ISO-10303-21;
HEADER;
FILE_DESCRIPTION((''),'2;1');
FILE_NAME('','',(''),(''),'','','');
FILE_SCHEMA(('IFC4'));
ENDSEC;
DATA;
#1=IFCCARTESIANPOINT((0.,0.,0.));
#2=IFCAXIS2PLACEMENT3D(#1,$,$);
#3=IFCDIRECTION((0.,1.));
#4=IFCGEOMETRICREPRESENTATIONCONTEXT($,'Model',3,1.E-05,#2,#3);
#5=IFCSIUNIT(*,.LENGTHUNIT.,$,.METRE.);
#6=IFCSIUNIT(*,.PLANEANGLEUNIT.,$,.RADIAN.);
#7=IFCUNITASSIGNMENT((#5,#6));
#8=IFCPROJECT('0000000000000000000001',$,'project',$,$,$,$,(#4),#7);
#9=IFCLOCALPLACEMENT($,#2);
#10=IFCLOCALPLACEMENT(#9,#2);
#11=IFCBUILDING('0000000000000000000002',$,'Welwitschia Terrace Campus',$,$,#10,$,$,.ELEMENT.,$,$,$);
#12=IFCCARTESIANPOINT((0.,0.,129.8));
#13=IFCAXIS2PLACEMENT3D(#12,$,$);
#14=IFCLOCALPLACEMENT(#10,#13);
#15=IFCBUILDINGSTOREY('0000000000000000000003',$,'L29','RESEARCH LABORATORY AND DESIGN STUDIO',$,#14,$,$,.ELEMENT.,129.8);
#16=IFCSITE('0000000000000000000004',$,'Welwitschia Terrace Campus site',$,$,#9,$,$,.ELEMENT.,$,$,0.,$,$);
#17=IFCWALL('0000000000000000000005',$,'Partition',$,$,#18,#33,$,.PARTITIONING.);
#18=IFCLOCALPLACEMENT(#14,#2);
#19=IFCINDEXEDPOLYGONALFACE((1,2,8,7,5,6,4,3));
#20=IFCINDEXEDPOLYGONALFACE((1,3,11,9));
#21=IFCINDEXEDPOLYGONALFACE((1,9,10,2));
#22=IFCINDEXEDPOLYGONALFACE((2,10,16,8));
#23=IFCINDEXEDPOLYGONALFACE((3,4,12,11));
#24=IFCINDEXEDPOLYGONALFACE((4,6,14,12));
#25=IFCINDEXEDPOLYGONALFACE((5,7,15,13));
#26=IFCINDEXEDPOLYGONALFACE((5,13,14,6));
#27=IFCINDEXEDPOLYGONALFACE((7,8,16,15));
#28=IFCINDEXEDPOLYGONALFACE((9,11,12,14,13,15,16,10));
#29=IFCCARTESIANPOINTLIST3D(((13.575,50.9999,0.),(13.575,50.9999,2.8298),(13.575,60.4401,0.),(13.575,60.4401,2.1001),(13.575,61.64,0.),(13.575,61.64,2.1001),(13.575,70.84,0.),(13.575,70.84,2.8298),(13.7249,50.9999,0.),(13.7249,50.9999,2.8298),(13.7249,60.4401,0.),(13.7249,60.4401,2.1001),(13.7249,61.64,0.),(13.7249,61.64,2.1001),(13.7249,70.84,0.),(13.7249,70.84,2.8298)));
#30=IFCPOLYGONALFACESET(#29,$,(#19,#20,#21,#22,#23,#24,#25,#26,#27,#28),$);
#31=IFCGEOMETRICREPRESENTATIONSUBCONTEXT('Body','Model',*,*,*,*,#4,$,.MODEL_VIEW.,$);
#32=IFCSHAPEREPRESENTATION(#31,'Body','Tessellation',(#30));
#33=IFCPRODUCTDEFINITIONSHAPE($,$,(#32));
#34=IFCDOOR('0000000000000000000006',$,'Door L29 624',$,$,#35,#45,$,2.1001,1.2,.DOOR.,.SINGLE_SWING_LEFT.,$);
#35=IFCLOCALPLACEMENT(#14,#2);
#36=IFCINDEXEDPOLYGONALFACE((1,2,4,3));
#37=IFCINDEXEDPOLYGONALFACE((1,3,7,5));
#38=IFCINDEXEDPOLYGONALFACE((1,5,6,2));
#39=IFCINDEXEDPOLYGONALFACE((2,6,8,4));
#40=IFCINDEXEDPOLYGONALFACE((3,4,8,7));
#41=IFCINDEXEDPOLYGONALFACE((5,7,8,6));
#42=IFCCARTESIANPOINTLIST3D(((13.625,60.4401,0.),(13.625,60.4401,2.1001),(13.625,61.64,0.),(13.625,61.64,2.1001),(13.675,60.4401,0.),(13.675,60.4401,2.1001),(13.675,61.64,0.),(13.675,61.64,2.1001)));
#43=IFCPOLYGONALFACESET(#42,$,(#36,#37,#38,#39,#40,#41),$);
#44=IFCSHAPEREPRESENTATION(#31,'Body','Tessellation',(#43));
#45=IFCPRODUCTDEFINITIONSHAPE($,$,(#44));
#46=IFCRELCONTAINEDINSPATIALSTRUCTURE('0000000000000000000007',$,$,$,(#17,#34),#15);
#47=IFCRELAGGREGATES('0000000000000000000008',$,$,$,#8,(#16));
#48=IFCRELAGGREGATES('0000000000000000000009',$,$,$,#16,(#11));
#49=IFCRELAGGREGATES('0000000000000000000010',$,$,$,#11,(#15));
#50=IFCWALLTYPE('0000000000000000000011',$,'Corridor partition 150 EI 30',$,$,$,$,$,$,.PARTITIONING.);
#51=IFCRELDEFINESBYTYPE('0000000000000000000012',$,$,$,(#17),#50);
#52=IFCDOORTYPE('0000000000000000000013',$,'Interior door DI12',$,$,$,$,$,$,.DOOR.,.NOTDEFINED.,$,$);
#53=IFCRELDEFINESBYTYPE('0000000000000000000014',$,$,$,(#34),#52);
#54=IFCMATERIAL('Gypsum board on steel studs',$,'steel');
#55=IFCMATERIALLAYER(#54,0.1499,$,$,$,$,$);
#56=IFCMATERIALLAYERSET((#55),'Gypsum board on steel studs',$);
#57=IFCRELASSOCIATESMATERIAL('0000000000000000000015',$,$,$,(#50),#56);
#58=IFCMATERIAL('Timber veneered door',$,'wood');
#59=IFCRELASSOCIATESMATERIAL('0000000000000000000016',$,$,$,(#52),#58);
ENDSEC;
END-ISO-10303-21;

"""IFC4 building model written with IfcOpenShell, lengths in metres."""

from ifc_helpers import new_model, si_unit, direction, frame, frame_2d, origin, place, context, subcontext, project, spatial, rectangle, extrude, material, layer, layer_set, type_object, element, fill, save


model = new_model("IFC4")

# Units and contexts
model_context = context("Model", 3, precision=1e-05, world=origin(), true_north=direction((0.0, 1.0)))
body_context = subcontext(model_context, "Body", "Model", "MODEL_VIEW")
ifc_project = project(units=[si_unit("LENGTHUNIT", "METRE"), si_unit("PLANEANGLEUNIT", "RADIAN")], contexts=[model_context])

# Site, building, storey
site_placement = place(None, origin())
site = spatial("IfcSite", under=ifc_project, at=site_placement, Name="Welwitschia Terrace Campus site", CompositionType="ELEMENT", RefElevation=0.0)
building_placement = place(site_placement, origin())
building = spatial("IfcBuilding", under=site, at=building_placement, Name="Welwitschia Terrace Campus", CompositionType="ELEMENT")
storey_placement = place(building_placement, frame((0.0, 0.0, 129.8)))
storey = spatial("IfcBuildingStorey", under=building, at=storey_placement, Name="L29", Description="RESEARCH LABORATORY AND DESIGN STUDIO", CompositionType="ELEMENT", Elevation=129.8)

# Shared definitions
ifc_material_1 = material(Name="Gypsum board on steel studs", Category="steel")
ifc_layer_1 = layer(ifc_material_1, 0.1499)
ifc_layer_set_1 = layer_set([ifc_layer_1], Name="Gypsum board on steel studs")
wall_type = type_object("IfcWallType", Name="Corridor partition 150 EI 30", PredefinedType="PARTITIONING", material=ifc_layer_set_1)

# Wall, opening, door
wall_1_placement = place(storey_placement, frame((13.6499, 51.0, 0.0), z_axis=(0.0, 0.0, 1.0), x_axis=(0.0, 1.0, 0.0)))
wall_1 = element("IfcWall", 1, at=wall_1_placement, inside=storey, type_object=wall_type, Name="Partition", PredefinedType="PARTITIONING", context=body_context, shape_type="SweptSolid", body=[
    extrude(rectangle(XDim=19.8401, YDim=0.1499, at=frame_2d((9.9199, 0.0))), origin(), (0.0, 0.0, 1.0), 2.8298),
])
opening_placement = place(wall_1_placement, frame((9.4399, 0.0, 0.0)))
opening = element("IfcOpeningElement", 2, at=opening_placement, cuts=wall_1, PredefinedType="OPENING", context=body_context, shape_type="SweptSolid", body=[
    extrude(rectangle(XDim=1.2, YDim=2.1001, at=frame_2d((0.6001, 1.05))), frame((0.0, 0.085, 0.0), z_axis=(0.0, -1.0, 0.0), x_axis=(1.0, 0.0, 0.0)), (0.0, 0.0, 1.0), 0.1699),
])
ifc_material_2 = material(Name="Timber veneered door", Category="wood")
door_type = type_object("IfcDoorType", Name="Interior door DI12", OperationType="NOTDEFINED", PredefinedType="DOOR", material=ifc_material_2)
door_placement = place(opening_placement, origin())
door = element("IfcDoor", 3, at=door_placement, inside=storey, type_object=door_type, Name="Door L29 624", OperationType="SINGLE_SWING_LEFT", OverallHeight=2.1001, OverallWidth=1.2, PredefinedType="DOOR", context=body_context, shape_type="SweptSolid", body=[
    extrude(rectangle(XDim=1.2, YDim=2.1001, at=frame_2d((0.6001, 1.05))), frame((0.0, 0.0249, 0.0), z_axis=(0.0, -1.0, 0.0), x_axis=(1.0, 0.0, 0.0)), (0.0, 0.0, 1.0), 0.05),
])
fill(opening, door)

save(model, "model.ifc")
